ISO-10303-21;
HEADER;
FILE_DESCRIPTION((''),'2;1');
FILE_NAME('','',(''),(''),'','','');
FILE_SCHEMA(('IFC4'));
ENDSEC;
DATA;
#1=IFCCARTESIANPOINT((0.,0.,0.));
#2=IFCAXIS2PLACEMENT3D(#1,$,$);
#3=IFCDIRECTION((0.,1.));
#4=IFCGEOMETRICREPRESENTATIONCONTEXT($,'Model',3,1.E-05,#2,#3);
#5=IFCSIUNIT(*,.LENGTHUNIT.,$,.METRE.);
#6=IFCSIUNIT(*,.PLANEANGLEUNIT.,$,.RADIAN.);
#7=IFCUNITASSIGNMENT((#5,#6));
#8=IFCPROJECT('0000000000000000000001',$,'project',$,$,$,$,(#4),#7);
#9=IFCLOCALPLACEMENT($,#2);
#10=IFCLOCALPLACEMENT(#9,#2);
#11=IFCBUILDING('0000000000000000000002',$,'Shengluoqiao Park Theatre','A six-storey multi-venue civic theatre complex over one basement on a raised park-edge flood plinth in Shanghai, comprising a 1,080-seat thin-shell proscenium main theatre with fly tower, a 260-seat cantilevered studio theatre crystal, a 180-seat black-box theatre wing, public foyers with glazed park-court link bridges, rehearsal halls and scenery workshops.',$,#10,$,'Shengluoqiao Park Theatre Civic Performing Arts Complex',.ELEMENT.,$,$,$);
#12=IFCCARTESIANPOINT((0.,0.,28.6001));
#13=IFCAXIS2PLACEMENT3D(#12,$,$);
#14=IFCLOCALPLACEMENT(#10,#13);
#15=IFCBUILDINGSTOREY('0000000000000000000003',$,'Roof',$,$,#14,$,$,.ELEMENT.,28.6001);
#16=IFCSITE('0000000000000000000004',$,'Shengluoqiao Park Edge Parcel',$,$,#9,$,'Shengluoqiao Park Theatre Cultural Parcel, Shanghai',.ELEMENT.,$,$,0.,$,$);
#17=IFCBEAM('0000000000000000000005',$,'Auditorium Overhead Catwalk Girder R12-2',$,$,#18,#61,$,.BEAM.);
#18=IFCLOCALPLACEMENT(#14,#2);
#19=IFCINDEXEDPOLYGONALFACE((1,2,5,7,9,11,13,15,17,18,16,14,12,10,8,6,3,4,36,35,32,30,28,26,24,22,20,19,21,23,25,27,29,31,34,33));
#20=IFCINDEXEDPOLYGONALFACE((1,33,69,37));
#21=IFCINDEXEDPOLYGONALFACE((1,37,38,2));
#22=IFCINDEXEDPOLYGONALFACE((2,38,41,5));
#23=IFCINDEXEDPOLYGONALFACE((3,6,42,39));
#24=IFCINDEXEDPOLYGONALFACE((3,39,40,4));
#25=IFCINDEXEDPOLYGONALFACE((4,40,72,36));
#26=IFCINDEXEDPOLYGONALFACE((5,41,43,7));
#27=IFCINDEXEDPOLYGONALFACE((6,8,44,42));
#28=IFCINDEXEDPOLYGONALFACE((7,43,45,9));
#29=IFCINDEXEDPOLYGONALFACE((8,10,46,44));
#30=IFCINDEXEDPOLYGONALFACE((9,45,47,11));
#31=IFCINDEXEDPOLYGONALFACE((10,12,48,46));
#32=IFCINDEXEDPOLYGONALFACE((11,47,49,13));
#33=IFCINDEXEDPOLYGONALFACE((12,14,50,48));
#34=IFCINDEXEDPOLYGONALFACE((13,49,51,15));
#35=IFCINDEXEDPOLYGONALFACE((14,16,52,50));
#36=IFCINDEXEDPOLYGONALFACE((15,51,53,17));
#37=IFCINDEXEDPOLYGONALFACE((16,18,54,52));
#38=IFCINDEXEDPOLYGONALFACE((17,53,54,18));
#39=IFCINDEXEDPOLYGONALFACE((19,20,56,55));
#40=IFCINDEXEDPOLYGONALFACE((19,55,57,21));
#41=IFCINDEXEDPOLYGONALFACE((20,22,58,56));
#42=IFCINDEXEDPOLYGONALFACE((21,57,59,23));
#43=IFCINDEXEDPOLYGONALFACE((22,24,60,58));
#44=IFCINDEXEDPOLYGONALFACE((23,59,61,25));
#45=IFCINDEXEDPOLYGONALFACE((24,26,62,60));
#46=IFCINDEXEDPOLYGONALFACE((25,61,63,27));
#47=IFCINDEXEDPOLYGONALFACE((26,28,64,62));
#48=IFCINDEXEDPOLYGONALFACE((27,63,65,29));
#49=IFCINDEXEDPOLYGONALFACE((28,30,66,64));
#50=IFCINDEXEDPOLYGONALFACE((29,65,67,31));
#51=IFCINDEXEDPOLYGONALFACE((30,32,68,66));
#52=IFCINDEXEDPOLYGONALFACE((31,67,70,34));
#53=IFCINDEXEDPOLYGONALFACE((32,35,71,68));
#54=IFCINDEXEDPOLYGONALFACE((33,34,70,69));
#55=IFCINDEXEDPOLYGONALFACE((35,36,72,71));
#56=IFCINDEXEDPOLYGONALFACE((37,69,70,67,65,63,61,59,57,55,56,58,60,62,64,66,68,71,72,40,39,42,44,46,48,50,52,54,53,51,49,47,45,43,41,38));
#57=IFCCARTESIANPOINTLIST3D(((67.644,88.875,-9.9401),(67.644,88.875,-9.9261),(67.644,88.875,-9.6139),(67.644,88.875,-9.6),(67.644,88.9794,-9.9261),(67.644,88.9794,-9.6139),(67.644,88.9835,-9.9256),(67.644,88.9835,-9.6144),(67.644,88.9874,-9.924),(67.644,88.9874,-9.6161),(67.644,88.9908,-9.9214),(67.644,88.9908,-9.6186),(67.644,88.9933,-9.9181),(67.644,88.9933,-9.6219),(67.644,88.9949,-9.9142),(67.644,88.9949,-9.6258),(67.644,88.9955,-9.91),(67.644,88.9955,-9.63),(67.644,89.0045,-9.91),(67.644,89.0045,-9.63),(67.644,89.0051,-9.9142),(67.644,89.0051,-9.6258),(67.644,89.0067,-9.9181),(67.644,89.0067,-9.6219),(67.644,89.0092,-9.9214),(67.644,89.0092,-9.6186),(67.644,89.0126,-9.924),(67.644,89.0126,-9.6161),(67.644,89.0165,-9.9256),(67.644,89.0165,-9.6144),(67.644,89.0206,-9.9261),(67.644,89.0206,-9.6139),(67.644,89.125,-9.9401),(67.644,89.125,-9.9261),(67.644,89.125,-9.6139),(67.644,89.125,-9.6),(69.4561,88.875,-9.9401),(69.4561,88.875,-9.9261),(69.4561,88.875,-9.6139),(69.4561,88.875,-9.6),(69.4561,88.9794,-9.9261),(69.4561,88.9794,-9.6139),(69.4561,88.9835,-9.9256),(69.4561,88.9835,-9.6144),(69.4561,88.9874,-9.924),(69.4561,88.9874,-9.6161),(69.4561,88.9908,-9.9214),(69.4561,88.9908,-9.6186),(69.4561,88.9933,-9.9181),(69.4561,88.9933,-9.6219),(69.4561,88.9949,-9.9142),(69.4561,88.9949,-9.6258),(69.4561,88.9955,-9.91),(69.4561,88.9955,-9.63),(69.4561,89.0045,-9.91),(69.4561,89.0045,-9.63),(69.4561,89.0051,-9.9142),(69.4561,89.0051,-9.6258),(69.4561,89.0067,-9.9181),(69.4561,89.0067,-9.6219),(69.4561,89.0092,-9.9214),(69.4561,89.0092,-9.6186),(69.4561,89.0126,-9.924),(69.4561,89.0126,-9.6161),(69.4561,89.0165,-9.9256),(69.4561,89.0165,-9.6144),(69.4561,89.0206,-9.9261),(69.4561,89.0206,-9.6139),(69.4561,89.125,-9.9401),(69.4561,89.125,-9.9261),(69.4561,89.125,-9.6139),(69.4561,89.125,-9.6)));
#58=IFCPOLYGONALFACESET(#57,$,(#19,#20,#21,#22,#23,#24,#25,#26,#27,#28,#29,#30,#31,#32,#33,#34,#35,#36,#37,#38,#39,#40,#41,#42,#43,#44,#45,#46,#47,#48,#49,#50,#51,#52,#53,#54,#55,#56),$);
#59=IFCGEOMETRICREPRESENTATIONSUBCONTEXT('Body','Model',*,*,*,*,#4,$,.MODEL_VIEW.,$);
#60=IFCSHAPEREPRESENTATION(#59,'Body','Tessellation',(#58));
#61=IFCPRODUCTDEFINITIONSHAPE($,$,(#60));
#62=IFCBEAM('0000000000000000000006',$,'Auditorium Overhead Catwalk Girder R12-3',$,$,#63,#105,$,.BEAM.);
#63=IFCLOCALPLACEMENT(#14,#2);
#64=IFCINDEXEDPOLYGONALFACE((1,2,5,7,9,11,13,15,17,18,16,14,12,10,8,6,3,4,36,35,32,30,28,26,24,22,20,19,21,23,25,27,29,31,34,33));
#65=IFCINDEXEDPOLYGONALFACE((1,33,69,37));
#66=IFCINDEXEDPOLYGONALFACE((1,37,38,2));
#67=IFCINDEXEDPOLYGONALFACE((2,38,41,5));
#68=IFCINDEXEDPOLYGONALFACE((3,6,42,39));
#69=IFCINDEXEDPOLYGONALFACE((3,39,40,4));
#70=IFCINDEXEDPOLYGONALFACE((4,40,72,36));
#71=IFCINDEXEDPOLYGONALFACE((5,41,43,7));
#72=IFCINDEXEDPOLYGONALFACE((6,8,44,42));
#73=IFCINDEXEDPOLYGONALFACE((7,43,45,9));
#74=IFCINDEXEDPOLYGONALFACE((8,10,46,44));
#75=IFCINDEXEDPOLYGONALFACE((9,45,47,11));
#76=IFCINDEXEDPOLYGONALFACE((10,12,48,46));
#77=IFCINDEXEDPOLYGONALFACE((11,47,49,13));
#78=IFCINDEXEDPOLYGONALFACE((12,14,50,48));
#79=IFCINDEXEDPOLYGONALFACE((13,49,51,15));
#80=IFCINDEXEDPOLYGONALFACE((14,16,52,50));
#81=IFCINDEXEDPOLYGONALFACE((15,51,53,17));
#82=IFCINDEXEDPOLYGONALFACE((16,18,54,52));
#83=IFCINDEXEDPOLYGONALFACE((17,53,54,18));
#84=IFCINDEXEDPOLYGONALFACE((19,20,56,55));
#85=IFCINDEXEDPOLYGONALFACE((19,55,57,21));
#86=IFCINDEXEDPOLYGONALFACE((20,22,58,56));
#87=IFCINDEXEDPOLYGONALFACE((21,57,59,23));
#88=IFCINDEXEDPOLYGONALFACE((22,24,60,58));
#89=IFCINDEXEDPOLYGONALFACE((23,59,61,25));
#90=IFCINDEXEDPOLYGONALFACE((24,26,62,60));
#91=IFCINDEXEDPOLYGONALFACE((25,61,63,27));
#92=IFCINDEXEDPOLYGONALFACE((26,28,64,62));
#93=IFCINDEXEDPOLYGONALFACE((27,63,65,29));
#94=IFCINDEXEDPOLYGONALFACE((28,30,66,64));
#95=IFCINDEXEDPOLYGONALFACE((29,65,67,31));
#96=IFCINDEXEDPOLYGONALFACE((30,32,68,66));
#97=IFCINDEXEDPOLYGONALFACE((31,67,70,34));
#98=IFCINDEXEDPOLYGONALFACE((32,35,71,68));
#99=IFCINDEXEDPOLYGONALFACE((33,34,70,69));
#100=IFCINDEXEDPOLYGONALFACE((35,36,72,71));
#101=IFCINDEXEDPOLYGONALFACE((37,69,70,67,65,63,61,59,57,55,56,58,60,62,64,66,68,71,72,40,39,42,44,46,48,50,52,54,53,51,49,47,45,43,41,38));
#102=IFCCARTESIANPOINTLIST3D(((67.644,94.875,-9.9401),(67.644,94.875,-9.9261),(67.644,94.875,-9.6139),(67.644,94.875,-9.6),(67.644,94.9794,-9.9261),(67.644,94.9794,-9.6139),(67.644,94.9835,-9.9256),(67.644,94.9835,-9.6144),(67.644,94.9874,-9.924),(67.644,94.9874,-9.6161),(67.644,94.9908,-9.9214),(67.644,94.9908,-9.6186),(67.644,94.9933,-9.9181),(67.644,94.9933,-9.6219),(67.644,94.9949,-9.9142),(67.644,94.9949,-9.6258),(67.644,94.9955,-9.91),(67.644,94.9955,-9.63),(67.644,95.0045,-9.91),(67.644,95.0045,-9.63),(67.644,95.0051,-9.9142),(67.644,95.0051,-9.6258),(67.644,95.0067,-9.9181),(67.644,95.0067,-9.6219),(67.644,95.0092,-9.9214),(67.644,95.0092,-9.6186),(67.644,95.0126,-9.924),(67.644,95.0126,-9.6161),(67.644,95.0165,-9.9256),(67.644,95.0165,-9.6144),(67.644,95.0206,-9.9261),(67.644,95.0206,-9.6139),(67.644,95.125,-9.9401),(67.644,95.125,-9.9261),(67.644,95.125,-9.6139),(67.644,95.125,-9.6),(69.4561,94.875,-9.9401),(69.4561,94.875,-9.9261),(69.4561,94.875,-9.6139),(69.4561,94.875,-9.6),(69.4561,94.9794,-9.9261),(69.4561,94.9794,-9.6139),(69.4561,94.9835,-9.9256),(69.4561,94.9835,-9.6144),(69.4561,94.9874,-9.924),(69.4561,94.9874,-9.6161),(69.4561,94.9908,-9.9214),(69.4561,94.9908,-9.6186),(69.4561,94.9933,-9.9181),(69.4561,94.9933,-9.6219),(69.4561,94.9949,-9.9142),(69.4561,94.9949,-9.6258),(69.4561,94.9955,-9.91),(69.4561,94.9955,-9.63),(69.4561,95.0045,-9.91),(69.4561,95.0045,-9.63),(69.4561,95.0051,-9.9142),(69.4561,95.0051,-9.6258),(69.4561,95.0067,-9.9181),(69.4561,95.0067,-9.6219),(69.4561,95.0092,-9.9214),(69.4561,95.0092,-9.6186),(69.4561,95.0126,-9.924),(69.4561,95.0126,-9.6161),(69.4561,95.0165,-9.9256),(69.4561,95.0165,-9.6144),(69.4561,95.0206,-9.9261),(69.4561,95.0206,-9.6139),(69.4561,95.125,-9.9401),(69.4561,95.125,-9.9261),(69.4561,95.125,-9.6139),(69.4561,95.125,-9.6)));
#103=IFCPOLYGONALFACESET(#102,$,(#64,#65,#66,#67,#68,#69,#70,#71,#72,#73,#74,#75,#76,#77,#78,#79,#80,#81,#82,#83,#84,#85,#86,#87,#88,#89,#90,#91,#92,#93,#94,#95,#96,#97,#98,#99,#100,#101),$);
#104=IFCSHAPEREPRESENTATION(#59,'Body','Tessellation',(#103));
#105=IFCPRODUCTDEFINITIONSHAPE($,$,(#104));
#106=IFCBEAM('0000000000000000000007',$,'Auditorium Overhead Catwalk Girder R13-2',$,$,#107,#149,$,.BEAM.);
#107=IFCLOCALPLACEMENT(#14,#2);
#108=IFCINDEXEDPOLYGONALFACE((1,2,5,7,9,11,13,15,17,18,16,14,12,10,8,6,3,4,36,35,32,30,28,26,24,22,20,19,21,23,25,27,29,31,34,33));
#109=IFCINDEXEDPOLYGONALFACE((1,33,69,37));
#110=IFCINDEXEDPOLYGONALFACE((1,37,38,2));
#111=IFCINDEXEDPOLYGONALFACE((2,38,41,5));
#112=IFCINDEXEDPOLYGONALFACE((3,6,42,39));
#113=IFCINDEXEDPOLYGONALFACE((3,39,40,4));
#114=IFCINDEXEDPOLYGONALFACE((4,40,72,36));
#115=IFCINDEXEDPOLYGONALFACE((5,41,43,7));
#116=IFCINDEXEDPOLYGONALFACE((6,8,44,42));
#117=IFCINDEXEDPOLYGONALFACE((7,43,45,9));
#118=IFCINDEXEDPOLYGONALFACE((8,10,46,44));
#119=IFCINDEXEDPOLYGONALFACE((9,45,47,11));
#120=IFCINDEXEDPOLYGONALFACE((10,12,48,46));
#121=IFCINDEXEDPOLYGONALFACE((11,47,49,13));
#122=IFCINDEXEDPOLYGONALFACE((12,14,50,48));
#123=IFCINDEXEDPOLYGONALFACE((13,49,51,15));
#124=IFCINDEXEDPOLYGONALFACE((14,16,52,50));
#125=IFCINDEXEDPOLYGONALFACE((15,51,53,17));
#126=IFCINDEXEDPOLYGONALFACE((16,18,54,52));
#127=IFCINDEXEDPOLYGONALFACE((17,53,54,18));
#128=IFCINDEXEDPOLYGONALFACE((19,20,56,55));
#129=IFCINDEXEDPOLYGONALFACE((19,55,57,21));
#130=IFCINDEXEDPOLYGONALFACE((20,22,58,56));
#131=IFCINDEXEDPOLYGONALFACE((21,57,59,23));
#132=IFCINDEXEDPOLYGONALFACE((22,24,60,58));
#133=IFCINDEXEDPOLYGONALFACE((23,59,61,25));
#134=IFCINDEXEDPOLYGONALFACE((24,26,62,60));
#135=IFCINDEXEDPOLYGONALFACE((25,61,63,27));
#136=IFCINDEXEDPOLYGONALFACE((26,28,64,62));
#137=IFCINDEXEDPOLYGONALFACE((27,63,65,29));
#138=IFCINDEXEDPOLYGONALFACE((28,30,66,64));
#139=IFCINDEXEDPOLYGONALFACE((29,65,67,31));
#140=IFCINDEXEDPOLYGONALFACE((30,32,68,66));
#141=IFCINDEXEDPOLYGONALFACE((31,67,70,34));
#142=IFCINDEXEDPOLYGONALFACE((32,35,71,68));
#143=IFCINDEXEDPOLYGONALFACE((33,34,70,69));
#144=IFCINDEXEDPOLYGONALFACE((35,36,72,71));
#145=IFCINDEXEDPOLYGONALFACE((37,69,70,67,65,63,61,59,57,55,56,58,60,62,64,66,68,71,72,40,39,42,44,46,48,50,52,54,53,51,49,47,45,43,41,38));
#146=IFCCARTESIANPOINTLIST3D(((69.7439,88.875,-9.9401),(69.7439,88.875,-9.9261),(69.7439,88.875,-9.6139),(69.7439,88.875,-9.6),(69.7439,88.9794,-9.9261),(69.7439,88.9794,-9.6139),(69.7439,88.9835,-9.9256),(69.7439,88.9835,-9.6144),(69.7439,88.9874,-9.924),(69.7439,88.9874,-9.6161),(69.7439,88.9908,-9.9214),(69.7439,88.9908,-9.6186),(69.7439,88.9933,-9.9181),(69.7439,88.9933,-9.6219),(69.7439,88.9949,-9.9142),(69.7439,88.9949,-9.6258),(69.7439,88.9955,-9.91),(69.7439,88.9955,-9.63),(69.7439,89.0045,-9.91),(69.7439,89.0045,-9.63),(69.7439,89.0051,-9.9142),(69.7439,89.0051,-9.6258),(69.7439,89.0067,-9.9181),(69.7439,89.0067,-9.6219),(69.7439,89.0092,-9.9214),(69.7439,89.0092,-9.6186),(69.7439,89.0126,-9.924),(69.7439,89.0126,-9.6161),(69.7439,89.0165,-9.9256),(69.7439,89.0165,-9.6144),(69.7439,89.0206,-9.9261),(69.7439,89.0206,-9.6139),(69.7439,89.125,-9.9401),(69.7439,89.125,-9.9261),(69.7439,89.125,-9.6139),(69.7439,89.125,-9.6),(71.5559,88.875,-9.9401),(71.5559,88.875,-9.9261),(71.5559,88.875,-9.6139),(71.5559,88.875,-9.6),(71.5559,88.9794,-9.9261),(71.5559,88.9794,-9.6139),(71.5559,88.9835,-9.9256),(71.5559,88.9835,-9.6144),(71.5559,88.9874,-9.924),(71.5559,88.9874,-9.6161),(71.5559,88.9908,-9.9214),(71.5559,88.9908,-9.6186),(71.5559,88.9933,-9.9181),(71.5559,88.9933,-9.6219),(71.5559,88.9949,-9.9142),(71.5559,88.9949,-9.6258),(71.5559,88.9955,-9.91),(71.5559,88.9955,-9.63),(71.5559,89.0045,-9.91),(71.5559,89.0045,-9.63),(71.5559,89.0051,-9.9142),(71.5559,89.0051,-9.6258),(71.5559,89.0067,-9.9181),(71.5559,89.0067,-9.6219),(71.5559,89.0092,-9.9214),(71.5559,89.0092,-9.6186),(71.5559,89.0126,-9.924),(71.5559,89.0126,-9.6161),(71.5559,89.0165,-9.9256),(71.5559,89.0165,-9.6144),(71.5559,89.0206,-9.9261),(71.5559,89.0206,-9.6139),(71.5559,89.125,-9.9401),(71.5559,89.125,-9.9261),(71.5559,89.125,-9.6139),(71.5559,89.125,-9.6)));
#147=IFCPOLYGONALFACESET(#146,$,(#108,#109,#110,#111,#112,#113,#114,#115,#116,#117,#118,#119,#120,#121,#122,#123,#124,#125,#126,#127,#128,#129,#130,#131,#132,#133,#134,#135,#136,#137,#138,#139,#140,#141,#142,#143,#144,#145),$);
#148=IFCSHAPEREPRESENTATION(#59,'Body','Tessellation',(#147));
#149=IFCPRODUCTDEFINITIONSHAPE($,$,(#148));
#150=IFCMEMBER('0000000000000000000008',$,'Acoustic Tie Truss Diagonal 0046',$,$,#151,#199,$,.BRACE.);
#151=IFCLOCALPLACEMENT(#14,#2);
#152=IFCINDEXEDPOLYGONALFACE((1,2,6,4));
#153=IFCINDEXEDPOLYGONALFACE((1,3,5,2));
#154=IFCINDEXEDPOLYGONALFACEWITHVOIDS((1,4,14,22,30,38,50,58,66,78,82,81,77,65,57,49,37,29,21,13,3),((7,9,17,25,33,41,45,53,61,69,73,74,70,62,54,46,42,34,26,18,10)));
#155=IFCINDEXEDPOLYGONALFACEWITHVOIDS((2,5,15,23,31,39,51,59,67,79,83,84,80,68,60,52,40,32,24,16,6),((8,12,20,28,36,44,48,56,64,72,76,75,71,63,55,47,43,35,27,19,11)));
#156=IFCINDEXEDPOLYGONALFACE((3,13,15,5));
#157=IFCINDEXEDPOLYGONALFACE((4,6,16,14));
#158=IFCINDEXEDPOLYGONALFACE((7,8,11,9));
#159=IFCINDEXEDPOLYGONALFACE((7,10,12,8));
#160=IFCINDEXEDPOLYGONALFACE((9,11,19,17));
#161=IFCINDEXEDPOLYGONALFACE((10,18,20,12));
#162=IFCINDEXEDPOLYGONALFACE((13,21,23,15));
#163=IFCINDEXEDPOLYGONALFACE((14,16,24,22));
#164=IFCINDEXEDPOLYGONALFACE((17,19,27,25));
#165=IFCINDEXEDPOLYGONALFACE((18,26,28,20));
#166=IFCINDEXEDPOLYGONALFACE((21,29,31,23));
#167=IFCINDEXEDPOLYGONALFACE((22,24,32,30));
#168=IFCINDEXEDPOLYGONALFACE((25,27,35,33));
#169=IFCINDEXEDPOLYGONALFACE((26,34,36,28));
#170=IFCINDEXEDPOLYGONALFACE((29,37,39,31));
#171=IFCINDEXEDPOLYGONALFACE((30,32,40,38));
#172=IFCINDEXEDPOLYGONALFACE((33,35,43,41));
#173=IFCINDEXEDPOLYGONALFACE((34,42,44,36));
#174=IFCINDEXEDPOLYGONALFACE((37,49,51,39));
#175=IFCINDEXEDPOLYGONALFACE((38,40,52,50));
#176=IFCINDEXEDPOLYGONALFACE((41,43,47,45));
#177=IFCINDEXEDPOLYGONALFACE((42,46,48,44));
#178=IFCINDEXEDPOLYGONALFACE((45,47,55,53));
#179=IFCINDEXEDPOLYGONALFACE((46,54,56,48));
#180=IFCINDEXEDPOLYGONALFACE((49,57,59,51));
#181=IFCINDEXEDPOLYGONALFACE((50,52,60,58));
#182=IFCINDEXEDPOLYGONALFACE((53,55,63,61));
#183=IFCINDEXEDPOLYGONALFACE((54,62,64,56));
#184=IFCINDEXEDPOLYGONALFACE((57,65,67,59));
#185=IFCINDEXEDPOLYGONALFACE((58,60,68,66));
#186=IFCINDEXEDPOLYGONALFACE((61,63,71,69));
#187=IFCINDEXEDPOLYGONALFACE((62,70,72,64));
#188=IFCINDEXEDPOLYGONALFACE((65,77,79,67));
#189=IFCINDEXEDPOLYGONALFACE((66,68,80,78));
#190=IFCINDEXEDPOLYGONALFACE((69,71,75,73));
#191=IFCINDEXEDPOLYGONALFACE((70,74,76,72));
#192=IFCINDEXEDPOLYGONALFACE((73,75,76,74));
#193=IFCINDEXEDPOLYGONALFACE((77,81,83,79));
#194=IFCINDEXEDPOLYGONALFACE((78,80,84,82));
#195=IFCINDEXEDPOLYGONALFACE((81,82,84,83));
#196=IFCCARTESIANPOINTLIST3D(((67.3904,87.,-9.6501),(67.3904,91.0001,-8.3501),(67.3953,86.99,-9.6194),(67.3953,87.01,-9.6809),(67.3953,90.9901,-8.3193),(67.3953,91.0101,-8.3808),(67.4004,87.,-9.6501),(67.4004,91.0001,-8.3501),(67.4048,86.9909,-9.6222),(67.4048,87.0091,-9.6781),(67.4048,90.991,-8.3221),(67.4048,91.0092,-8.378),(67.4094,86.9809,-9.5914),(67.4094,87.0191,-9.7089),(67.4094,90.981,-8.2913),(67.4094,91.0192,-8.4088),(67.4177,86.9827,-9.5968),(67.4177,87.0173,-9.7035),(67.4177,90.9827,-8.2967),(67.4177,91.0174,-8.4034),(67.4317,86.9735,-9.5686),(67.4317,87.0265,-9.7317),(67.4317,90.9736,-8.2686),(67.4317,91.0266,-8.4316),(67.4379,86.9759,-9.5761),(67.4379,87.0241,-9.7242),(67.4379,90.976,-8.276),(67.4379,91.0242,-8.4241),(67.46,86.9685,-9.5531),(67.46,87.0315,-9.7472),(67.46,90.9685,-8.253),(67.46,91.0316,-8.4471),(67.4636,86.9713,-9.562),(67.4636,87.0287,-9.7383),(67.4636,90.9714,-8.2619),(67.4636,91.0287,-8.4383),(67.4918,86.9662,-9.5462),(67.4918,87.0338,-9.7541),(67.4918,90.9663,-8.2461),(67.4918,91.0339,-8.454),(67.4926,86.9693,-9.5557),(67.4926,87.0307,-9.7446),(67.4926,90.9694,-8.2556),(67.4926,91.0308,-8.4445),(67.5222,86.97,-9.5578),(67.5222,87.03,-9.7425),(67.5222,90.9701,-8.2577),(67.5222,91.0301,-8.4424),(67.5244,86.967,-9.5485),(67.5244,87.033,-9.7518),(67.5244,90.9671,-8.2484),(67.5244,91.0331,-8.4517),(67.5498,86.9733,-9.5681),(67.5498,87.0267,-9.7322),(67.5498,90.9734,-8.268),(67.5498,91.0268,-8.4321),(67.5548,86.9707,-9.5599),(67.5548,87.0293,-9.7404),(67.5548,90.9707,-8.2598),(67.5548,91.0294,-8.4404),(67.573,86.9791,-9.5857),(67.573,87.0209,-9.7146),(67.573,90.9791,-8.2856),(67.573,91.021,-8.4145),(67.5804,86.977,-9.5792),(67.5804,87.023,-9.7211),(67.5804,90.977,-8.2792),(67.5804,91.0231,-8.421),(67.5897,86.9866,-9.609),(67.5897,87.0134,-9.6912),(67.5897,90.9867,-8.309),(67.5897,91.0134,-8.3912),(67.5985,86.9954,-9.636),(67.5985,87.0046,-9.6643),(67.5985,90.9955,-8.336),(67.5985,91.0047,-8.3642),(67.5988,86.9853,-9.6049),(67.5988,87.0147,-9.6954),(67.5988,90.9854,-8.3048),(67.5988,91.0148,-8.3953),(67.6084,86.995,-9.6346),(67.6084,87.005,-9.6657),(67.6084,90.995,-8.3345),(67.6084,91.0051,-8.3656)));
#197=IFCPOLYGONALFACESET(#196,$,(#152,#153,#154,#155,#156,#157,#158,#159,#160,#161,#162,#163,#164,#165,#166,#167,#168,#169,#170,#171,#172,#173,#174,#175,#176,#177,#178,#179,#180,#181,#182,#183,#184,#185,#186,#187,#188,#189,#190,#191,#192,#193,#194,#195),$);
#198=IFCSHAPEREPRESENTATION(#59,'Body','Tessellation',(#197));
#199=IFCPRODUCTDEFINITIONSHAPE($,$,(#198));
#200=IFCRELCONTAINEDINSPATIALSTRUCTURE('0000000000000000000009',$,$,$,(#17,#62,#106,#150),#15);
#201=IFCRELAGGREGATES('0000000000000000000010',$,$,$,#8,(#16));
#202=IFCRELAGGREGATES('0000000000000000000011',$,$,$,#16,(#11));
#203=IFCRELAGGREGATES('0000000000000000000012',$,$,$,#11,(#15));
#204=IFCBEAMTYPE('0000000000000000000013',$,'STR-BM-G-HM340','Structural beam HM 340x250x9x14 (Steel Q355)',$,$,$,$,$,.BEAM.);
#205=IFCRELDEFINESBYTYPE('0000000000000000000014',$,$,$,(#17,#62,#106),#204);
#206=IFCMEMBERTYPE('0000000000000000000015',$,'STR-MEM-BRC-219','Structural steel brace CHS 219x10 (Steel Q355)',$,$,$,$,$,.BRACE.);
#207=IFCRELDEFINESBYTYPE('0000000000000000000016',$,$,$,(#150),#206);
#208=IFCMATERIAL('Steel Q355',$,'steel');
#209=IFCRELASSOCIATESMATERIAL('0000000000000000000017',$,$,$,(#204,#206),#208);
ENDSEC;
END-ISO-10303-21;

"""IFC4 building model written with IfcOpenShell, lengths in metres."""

from ifc_helpers import new_model, si_unit, direction, frame, origin, origin_2d, place, context, subcontext, project, spatial, hollow_circle, i_section, extrude, material, material_profile, profile_set, type_object, element, save


model = new_model("IFC4")

# Units and contexts
model_context = context("Model", 3, precision=1e-05, world=origin(), true_north=direction((0.0, 1.0)))
body_context = subcontext(model_context, "Body", "Model", "MODEL_VIEW")
ifc_project = project(units=[si_unit("LENGTHUNIT", "METRE"), si_unit("PLANEANGLEUNIT", "RADIAN")], contexts=[model_context])

# Site, building, storey
site_placement = place(None, origin())
site = spatial("IfcSite", under=ifc_project, at=site_placement, Name="Shengluoqiao Park Edge Parcel", LongName="Shengluoqiao Park Theatre Cultural Parcel, Shanghai", CompositionType="ELEMENT", RefElevation=0.0)
building_placement = place(site_placement, origin())
building = spatial("IfcBuilding", under=site, at=building_placement, Name="Shengluoqiao Park Theatre", Description="A six-storey multi-venue civic theatre complex over one basement on a raised park-edge flood plinth in Shanghai, comprising a 1,080-seat thin-shell proscenium main theatre with fly tower, a 260-seat cantilevered studio theatre crystal, a 180-seat black-box theatre wing, public foyers with glazed park-court link bridges, rehearsal halls and scenery workshops.", LongName="Shengluoqiao Park Theatre Civic Performing Arts Complex", CompositionType="ELEMENT")
storey_placement = place(building_placement, frame((0.0, 0.0, 28.6001)))
storey = spatial("IfcBuildingStorey", under=building, at=storey_placement, Name="Roof", CompositionType="ELEMENT", Elevation=28.6001)

# Beams
ifc_material = material(Name="Steel Q355", Category="steel")
ifc_material_profile_1 = material_profile(ifc_material, i_section(OverallWidth=0.25, OverallDepth=0.3401, WebThickness=0.009, FlangeThickness=0.0139, FilletRadius=0.0161, at=origin_2d()), Name="HM 340x250x9x14")
ifc_profile_set_1 = profile_set([ifc_material_profile_1], Name="Steel Q355")
beam_type = type_object("IfcBeamType", Name="STR-BM-G-HM340", Description="Structural beam HM 340x250x9x14 (Steel Q355)", PredefinedType="BEAM", material=ifc_profile_set_1)
for number, where, z_axis, x_axis, name in (
    (1, (67.644, 89.0, -9.77), (1.0, 0.0, 0.0), (0.0, 1.0, 0.0), "Auditorium Overhead Catwalk Girder R12-2"),
    (2, (67.644, 95.0, -9.77), (1.0, 0.0, 0.0), (0.0, 1.0, 0.0), "Auditorium Overhead Catwalk Girder R12-3"),
    (3, (69.7439, 89.0, -9.77), (1.0, 0.0, 0.0), (0.0, 1.0, 0.0), "Auditorium Overhead Catwalk Girder R13-2"),
):
    element("IfcBeam", number, at=place(storey_placement, frame(where, z_axis=z_axis, x_axis=x_axis)), inside=storey, type_object=beam_type, Name=name, PredefinedType="BEAM", context=body_context, shape_type="SweptSolid", body=[
        extrude(i_section(OverallWidth=0.25, OverallDepth=0.3401, WebThickness=0.009, FlangeThickness=0.0139, FilletRadius=0.0161, at=origin_2d()), origin(), (0.0, 0.0, 1.0), 1.812),
    ])

# Member
ifc_material_profile_2 = material_profile(ifc_material, hollow_circle(Radius=0.1096, WallThickness=0.01, at=origin_2d()), Name="CHS 219x10")
ifc_profile_set_2 = profile_set([ifc_material_profile_2], Name="Steel Q355")
member_type_1 = type_object("IfcMemberType", Name="STR-MEM-BRC-219", Description="Structural steel brace CHS 219x10 (Steel Q355)", PredefinedType="BRACE", material=ifc_profile_set_2)
for number, where, z_axis, x_axis, name in (
    (4, (67.5, 87.0, -9.6501), (0.0, 0.951031, 0.309097), (-1.0, 0.0, 0.0), "Acoustic Tie Truss Diagonal 0046"),
):
    element("IfcMember", number, at=place(storey_placement, frame(where, z_axis=z_axis, x_axis=x_axis)), inside=storey, type_object=member_type_1, Name=name, PredefinedType="BRACE", context=body_context, shape_type="SweptSolid", body=[
        extrude(hollow_circle(Radius=0.1096, WallThickness=0.01, at=origin_2d()), origin(), (0.0, 0.0, 1.0), 4.2061),
    ])

save(model, "model.ifc")
